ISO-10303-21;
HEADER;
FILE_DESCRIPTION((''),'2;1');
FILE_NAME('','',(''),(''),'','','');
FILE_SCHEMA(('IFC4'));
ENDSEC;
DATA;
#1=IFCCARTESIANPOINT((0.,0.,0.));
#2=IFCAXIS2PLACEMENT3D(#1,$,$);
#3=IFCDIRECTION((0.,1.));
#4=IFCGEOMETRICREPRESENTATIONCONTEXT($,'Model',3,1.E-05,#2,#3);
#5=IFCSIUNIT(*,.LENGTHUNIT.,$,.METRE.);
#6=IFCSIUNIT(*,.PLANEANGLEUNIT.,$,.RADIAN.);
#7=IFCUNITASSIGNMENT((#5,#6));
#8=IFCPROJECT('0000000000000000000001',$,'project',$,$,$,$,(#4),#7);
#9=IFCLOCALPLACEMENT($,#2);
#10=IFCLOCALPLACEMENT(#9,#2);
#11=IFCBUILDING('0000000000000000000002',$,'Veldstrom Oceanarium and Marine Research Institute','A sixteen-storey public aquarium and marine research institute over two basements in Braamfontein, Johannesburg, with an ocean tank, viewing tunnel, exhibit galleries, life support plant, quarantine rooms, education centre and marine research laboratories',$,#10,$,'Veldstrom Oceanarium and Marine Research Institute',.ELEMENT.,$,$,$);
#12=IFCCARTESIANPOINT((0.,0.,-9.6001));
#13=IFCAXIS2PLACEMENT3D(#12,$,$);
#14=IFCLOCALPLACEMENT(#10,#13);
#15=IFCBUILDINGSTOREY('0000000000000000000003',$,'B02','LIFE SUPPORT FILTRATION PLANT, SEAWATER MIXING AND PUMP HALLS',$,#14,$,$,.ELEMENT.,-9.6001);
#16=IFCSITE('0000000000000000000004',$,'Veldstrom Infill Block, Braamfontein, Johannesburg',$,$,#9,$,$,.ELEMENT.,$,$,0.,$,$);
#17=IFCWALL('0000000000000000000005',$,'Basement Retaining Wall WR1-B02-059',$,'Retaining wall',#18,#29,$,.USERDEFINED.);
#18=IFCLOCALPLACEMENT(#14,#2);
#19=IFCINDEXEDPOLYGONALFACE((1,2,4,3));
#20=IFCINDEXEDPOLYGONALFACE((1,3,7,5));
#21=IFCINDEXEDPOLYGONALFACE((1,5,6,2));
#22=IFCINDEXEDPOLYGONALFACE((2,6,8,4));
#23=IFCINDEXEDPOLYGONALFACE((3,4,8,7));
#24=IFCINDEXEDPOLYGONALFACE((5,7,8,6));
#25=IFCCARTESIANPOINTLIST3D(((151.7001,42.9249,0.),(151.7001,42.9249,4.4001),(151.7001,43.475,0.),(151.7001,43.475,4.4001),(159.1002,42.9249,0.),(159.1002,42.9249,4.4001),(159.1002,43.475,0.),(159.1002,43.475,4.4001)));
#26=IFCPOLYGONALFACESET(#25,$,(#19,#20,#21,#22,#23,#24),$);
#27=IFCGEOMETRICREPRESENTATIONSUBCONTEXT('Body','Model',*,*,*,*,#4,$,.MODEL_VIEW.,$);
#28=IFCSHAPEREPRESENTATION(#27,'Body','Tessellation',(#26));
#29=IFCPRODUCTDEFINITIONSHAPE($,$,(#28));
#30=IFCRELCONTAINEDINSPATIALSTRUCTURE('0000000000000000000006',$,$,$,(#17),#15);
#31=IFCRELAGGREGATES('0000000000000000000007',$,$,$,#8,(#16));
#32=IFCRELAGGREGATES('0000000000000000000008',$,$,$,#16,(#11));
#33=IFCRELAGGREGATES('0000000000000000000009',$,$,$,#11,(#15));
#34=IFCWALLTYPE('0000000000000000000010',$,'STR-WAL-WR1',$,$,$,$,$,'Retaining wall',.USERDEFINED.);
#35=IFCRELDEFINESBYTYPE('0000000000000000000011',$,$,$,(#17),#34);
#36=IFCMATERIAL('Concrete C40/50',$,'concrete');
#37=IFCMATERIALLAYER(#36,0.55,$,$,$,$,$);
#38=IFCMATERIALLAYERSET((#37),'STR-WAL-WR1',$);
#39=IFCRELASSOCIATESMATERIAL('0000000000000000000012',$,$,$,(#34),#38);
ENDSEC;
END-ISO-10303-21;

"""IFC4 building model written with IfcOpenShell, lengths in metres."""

from ifc_helpers import new_model, si_unit, direction, frame, frame_2d, origin, place, context, subcontext, project, spatial, rectangle, extrude, material, layer, layer_set, type_object, element, save


model = new_model("IFC4")

# Units and contexts
model_context = context("Model", 3, precision=1e-05, world=origin(), true_north=direction((0.0, 1.0)))
body_context = subcontext(model_context, "Body", "Model", "MODEL_VIEW")
ifc_project = project(units=[si_unit("LENGTHUNIT", "METRE"), si_unit("PLANEANGLEUNIT", "RADIAN")], contexts=[model_context])

# Site, building, storey
site_placement = place(None, origin())
site = spatial("IfcSite", under=ifc_project, at=site_placement, Name="Veldstrom Infill Block, Braamfontein, Johannesburg", CompositionType="ELEMENT", RefElevation=0.0)
building_placement = place(site_placement, origin())
building = spatial("IfcBuilding", under=site, at=building_placement, Name="Veldstrom Oceanarium and Marine Research Institute", Description="A sixteen-storey public aquarium and marine research institute over two basements in Braamfontein, Johannesburg, with an ocean tank, viewing tunnel, exhibit galleries, life support plant, quarantine rooms, education centre and marine research laboratories", LongName="Veldstrom Oceanarium and Marine Research Institute", CompositionType="ELEMENT")
storey_placement = place(building_placement, frame((0.0, 0.0, -9.6001)))
storey = spatial("IfcBuildingStorey", under=building, at=storey_placement, Name="B02", Description="LIFE SUPPORT FILTRATION PLANT, SEAWATER MIXING AND PUMP HALLS", CompositionType="ELEMENT", Elevation=-9.6001)

# Wall
ifc_material_1 = material(Name="Concrete C40/50", Category="concrete")
ifc_layer_1 = layer(ifc_material_1, 0.55)
ifc_layer_set_1 = layer_set([ifc_layer_1], Name="STR-WAL-WR1")
wall_type_1 = type_object("IfcWallType", Name="STR-WAL-WR1", ElementType="Retaining wall", PredefinedType="USERDEFINED", material=ifc_layer_set_1)
wall_1_placement = place(storey_placement, frame((151.7, 43.2, 0.0), z_axis=(0.0, 0.0, 1.0), x_axis=(1.0, 0.0, 0.0)))
element("IfcWall", 1, at=wall_1_placement, inside=storey, type_object=wall_type_1, Name="Basement Retaining Wall WR1-B02-059", ObjectType="Retaining wall", PredefinedType="USERDEFINED", context=body_context, shape_type="SweptSolid", body=[
    extrude(rectangle(XDim=7.4001, YDim=0.55, at=frame_2d((3.7002, 0.0))), origin(), (0.0, 0.0, 1.0), 4.4001),
])

save(model, "model.ifc")
